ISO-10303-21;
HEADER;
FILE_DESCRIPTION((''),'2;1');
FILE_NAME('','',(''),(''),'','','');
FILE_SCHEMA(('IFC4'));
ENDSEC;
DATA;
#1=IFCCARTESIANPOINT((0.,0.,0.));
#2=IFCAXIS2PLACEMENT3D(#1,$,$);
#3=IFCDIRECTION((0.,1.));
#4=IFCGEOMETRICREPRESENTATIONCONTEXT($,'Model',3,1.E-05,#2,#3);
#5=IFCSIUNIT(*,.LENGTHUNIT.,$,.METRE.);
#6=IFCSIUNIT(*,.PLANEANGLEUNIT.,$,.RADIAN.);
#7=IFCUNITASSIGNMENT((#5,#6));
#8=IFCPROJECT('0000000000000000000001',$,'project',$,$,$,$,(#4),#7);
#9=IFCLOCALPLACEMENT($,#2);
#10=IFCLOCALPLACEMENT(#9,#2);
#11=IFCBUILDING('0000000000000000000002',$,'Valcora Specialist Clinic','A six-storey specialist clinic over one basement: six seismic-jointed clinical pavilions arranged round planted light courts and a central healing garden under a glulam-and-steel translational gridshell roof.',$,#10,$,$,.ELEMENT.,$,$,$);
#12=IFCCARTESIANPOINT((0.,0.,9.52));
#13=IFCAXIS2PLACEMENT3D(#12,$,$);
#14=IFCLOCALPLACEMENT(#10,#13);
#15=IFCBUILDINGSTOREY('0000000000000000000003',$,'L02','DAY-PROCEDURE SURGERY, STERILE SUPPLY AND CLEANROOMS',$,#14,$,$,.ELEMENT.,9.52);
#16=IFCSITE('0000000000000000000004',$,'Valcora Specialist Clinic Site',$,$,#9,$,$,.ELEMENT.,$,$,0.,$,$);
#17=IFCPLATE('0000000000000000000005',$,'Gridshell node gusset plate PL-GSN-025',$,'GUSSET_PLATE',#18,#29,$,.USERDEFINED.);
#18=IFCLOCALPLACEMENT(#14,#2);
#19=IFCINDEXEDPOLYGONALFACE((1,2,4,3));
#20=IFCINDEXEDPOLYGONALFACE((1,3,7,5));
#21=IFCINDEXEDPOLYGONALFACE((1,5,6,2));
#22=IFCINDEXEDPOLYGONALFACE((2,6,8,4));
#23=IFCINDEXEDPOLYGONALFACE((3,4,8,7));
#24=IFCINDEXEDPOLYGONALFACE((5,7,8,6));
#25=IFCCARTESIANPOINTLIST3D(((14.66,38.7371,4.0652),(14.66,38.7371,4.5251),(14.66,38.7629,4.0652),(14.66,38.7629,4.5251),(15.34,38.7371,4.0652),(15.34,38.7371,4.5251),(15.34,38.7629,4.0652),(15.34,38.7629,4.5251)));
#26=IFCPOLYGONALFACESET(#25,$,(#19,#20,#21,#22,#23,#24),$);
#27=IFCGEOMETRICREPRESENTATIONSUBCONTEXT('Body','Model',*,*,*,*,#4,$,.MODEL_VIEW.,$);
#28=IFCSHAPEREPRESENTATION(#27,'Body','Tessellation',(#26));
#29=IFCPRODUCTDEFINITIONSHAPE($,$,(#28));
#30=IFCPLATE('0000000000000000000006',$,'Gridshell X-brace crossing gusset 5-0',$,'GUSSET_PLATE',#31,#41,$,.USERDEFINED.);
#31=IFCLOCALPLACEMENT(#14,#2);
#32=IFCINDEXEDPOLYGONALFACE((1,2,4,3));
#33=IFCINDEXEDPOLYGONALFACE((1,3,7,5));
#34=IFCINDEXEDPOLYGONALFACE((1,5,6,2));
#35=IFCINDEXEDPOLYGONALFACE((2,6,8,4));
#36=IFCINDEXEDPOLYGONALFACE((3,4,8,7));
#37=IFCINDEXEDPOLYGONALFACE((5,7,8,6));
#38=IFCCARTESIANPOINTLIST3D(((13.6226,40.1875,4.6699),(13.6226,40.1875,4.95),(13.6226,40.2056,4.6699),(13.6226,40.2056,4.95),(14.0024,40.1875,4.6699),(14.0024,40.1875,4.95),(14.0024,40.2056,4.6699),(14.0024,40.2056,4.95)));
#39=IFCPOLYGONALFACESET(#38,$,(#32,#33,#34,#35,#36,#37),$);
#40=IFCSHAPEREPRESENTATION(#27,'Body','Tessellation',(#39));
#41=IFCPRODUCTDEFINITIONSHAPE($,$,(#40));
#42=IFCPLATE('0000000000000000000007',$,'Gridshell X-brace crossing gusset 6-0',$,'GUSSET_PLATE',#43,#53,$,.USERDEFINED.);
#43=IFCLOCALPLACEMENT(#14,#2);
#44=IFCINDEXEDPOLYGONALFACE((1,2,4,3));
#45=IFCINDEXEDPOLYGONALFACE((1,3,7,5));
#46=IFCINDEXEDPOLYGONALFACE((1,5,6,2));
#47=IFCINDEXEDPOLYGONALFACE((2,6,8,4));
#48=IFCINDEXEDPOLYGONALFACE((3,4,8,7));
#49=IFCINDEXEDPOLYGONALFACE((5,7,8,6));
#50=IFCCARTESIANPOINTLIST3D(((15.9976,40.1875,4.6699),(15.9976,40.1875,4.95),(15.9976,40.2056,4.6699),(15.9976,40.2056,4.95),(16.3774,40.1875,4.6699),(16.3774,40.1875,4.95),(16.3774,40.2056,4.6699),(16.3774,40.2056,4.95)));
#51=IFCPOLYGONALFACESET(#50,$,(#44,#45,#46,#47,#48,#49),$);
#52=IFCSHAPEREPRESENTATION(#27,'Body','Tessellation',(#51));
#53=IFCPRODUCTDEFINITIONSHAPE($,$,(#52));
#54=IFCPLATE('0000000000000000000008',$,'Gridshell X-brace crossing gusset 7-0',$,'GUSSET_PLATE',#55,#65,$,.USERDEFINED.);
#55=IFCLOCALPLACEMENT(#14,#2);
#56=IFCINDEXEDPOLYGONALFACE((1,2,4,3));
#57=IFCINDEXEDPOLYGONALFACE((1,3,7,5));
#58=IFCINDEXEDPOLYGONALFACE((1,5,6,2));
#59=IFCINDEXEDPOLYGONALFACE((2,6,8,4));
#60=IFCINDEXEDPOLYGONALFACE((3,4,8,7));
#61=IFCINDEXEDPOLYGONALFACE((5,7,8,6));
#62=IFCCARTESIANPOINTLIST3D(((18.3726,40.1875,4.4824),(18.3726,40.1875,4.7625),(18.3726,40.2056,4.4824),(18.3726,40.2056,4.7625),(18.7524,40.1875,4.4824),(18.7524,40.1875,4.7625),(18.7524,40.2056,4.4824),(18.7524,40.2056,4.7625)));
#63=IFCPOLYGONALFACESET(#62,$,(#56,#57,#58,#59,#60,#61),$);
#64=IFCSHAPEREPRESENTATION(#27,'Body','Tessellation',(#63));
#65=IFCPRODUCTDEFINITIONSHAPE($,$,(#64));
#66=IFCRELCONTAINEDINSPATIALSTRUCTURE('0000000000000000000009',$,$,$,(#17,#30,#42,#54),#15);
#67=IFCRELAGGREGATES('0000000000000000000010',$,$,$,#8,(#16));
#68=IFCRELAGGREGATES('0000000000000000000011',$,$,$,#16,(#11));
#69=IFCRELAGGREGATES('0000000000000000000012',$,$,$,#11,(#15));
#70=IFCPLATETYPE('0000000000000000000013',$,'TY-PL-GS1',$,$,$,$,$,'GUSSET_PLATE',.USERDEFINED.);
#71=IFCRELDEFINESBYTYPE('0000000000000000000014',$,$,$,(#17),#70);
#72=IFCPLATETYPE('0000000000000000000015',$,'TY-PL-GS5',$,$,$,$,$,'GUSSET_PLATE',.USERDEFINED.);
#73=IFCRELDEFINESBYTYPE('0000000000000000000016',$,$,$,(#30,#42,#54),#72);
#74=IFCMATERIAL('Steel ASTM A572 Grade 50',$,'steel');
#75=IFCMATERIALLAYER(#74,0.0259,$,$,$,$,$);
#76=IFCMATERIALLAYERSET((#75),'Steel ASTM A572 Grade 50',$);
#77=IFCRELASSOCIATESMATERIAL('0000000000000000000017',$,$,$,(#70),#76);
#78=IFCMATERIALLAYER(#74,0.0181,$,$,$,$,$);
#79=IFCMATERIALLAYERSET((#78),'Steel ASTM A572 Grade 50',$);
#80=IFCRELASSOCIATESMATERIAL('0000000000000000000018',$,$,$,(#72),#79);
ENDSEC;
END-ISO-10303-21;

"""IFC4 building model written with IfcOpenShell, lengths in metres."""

from ifc_helpers import new_model, si_unit, direction, frame, origin, origin_2d, place, context, subcontext, project, spatial, rectangle, extrude, material, layer, layer_set, type_object, element, save


model = new_model("IFC4")

# Units and contexts
model_context = context("Model", 3, precision=1e-05, world=origin(), true_north=direction((0.0, 1.0)))
body_context = subcontext(model_context, "Body", "Model", "MODEL_VIEW")
ifc_project = project(units=[si_unit("LENGTHUNIT", "METRE"), si_unit("PLANEANGLEUNIT", "RADIAN")], contexts=[model_context])

# Site, building, storey
site_placement = place(None, origin())
site = spatial("IfcSite", under=ifc_project, at=site_placement, Name="Valcora Specialist Clinic Site", CompositionType="ELEMENT", RefElevation=0.0)
building_placement = place(site_placement, origin())
building = spatial("IfcBuilding", under=site, at=building_placement, Name="Valcora Specialist Clinic", Description="A six-storey specialist clinic over one basement: six seismic-jointed clinical pavilions arranged round planted light courts and a central healing garden under a glulam-and-steel translational gridshell roof.", CompositionType="ELEMENT")
storey_placement = place(building_placement, frame((0.0, 0.0, 9.52)))
storey = spatial("IfcBuildingStorey", under=building, at=storey_placement, Name="L02", Description="DAY-PROCEDURE SURGERY, STERILE SUPPLY AND CLEANROOMS", CompositionType="ELEMENT", Elevation=9.52)

# Plates
ifc_material_1 = material(Name="Steel ASTM A572 Grade 50", Category="steel")
ifc_layer_1 = layer(ifc_material_1, 0.0259)
ifc_layer_set_1 = layer_set([ifc_layer_1], Name="Steel ASTM A572 Grade 50")
plate_type_1 = type_object("IfcPlateType", Name="TY-PL-GS1", ElementType="GUSSET_PLATE", PredefinedType="USERDEFINED", material=ifc_layer_set_1)
plate_1_placement = place(storey_placement, frame((15.0, 38.75, 4.0652), z_axis=(0.0, 0.0, 1.0), x_axis=(1.0, 0.0, 0.0)))
element("IfcPlate", 1, at=plate_1_placement, inside=storey, type_object=plate_type_1, Name="Gridshell node gusset plate PL-GSN-025", ObjectType="GUSSET_PLATE", PredefinedType="USERDEFINED", context=body_context, shape_type="SweptSolid", body=[
    extrude(rectangle(XDim=0.6799, YDim=0.0259, at=origin_2d()), origin(), (0.0, 0.0, 1.0), 0.46),
])
ifc_layer_2 = layer(ifc_material_1, 0.0181)
ifc_layer_set_2 = layer_set([ifc_layer_2], Name="Steel ASTM A572 Grade 50")
plate_type_2 = type_object("IfcPlateType", Name="TY-PL-GS5", ElementType="GUSSET_PLATE", PredefinedType="USERDEFINED", material=ifc_layer_set_2)
for number, where, z_axis, x_axis, name in (
    (2, (13.8125, 40.1965, 4.6699), (0.0, 0.0, 1.0), (1.0, 0.0, 0.0), "Gridshell X-brace crossing gusset 5-0"),
    (3, (16.1875, 40.1965, 4.6699), (0.0, 0.0, 1.0), (1.0, 0.0, 0.0), "Gridshell X-brace crossing gusset 6-0"),
    (4, (18.5625, 40.1965, 4.4824), (0.0, 0.0, 1.0), (1.0, 0.0, 0.0), "Gridshell X-brace crossing gusset 7-0"),
):
    element("IfcPlate", number, at=place(storey_placement, frame(where, z_axis=z_axis, x_axis=x_axis)), inside=storey, type_object=plate_type_2, Name=name, ObjectType="GUSSET_PLATE", PredefinedType="USERDEFINED", context=body_context, shape_type="SweptSolid", body=[
        extrude(rectangle(XDim=0.3799, YDim=0.0181, at=origin_2d()), origin(), (0.0, 0.0, 1.0), 0.28),
    ])

save(model, "model.ifc")
